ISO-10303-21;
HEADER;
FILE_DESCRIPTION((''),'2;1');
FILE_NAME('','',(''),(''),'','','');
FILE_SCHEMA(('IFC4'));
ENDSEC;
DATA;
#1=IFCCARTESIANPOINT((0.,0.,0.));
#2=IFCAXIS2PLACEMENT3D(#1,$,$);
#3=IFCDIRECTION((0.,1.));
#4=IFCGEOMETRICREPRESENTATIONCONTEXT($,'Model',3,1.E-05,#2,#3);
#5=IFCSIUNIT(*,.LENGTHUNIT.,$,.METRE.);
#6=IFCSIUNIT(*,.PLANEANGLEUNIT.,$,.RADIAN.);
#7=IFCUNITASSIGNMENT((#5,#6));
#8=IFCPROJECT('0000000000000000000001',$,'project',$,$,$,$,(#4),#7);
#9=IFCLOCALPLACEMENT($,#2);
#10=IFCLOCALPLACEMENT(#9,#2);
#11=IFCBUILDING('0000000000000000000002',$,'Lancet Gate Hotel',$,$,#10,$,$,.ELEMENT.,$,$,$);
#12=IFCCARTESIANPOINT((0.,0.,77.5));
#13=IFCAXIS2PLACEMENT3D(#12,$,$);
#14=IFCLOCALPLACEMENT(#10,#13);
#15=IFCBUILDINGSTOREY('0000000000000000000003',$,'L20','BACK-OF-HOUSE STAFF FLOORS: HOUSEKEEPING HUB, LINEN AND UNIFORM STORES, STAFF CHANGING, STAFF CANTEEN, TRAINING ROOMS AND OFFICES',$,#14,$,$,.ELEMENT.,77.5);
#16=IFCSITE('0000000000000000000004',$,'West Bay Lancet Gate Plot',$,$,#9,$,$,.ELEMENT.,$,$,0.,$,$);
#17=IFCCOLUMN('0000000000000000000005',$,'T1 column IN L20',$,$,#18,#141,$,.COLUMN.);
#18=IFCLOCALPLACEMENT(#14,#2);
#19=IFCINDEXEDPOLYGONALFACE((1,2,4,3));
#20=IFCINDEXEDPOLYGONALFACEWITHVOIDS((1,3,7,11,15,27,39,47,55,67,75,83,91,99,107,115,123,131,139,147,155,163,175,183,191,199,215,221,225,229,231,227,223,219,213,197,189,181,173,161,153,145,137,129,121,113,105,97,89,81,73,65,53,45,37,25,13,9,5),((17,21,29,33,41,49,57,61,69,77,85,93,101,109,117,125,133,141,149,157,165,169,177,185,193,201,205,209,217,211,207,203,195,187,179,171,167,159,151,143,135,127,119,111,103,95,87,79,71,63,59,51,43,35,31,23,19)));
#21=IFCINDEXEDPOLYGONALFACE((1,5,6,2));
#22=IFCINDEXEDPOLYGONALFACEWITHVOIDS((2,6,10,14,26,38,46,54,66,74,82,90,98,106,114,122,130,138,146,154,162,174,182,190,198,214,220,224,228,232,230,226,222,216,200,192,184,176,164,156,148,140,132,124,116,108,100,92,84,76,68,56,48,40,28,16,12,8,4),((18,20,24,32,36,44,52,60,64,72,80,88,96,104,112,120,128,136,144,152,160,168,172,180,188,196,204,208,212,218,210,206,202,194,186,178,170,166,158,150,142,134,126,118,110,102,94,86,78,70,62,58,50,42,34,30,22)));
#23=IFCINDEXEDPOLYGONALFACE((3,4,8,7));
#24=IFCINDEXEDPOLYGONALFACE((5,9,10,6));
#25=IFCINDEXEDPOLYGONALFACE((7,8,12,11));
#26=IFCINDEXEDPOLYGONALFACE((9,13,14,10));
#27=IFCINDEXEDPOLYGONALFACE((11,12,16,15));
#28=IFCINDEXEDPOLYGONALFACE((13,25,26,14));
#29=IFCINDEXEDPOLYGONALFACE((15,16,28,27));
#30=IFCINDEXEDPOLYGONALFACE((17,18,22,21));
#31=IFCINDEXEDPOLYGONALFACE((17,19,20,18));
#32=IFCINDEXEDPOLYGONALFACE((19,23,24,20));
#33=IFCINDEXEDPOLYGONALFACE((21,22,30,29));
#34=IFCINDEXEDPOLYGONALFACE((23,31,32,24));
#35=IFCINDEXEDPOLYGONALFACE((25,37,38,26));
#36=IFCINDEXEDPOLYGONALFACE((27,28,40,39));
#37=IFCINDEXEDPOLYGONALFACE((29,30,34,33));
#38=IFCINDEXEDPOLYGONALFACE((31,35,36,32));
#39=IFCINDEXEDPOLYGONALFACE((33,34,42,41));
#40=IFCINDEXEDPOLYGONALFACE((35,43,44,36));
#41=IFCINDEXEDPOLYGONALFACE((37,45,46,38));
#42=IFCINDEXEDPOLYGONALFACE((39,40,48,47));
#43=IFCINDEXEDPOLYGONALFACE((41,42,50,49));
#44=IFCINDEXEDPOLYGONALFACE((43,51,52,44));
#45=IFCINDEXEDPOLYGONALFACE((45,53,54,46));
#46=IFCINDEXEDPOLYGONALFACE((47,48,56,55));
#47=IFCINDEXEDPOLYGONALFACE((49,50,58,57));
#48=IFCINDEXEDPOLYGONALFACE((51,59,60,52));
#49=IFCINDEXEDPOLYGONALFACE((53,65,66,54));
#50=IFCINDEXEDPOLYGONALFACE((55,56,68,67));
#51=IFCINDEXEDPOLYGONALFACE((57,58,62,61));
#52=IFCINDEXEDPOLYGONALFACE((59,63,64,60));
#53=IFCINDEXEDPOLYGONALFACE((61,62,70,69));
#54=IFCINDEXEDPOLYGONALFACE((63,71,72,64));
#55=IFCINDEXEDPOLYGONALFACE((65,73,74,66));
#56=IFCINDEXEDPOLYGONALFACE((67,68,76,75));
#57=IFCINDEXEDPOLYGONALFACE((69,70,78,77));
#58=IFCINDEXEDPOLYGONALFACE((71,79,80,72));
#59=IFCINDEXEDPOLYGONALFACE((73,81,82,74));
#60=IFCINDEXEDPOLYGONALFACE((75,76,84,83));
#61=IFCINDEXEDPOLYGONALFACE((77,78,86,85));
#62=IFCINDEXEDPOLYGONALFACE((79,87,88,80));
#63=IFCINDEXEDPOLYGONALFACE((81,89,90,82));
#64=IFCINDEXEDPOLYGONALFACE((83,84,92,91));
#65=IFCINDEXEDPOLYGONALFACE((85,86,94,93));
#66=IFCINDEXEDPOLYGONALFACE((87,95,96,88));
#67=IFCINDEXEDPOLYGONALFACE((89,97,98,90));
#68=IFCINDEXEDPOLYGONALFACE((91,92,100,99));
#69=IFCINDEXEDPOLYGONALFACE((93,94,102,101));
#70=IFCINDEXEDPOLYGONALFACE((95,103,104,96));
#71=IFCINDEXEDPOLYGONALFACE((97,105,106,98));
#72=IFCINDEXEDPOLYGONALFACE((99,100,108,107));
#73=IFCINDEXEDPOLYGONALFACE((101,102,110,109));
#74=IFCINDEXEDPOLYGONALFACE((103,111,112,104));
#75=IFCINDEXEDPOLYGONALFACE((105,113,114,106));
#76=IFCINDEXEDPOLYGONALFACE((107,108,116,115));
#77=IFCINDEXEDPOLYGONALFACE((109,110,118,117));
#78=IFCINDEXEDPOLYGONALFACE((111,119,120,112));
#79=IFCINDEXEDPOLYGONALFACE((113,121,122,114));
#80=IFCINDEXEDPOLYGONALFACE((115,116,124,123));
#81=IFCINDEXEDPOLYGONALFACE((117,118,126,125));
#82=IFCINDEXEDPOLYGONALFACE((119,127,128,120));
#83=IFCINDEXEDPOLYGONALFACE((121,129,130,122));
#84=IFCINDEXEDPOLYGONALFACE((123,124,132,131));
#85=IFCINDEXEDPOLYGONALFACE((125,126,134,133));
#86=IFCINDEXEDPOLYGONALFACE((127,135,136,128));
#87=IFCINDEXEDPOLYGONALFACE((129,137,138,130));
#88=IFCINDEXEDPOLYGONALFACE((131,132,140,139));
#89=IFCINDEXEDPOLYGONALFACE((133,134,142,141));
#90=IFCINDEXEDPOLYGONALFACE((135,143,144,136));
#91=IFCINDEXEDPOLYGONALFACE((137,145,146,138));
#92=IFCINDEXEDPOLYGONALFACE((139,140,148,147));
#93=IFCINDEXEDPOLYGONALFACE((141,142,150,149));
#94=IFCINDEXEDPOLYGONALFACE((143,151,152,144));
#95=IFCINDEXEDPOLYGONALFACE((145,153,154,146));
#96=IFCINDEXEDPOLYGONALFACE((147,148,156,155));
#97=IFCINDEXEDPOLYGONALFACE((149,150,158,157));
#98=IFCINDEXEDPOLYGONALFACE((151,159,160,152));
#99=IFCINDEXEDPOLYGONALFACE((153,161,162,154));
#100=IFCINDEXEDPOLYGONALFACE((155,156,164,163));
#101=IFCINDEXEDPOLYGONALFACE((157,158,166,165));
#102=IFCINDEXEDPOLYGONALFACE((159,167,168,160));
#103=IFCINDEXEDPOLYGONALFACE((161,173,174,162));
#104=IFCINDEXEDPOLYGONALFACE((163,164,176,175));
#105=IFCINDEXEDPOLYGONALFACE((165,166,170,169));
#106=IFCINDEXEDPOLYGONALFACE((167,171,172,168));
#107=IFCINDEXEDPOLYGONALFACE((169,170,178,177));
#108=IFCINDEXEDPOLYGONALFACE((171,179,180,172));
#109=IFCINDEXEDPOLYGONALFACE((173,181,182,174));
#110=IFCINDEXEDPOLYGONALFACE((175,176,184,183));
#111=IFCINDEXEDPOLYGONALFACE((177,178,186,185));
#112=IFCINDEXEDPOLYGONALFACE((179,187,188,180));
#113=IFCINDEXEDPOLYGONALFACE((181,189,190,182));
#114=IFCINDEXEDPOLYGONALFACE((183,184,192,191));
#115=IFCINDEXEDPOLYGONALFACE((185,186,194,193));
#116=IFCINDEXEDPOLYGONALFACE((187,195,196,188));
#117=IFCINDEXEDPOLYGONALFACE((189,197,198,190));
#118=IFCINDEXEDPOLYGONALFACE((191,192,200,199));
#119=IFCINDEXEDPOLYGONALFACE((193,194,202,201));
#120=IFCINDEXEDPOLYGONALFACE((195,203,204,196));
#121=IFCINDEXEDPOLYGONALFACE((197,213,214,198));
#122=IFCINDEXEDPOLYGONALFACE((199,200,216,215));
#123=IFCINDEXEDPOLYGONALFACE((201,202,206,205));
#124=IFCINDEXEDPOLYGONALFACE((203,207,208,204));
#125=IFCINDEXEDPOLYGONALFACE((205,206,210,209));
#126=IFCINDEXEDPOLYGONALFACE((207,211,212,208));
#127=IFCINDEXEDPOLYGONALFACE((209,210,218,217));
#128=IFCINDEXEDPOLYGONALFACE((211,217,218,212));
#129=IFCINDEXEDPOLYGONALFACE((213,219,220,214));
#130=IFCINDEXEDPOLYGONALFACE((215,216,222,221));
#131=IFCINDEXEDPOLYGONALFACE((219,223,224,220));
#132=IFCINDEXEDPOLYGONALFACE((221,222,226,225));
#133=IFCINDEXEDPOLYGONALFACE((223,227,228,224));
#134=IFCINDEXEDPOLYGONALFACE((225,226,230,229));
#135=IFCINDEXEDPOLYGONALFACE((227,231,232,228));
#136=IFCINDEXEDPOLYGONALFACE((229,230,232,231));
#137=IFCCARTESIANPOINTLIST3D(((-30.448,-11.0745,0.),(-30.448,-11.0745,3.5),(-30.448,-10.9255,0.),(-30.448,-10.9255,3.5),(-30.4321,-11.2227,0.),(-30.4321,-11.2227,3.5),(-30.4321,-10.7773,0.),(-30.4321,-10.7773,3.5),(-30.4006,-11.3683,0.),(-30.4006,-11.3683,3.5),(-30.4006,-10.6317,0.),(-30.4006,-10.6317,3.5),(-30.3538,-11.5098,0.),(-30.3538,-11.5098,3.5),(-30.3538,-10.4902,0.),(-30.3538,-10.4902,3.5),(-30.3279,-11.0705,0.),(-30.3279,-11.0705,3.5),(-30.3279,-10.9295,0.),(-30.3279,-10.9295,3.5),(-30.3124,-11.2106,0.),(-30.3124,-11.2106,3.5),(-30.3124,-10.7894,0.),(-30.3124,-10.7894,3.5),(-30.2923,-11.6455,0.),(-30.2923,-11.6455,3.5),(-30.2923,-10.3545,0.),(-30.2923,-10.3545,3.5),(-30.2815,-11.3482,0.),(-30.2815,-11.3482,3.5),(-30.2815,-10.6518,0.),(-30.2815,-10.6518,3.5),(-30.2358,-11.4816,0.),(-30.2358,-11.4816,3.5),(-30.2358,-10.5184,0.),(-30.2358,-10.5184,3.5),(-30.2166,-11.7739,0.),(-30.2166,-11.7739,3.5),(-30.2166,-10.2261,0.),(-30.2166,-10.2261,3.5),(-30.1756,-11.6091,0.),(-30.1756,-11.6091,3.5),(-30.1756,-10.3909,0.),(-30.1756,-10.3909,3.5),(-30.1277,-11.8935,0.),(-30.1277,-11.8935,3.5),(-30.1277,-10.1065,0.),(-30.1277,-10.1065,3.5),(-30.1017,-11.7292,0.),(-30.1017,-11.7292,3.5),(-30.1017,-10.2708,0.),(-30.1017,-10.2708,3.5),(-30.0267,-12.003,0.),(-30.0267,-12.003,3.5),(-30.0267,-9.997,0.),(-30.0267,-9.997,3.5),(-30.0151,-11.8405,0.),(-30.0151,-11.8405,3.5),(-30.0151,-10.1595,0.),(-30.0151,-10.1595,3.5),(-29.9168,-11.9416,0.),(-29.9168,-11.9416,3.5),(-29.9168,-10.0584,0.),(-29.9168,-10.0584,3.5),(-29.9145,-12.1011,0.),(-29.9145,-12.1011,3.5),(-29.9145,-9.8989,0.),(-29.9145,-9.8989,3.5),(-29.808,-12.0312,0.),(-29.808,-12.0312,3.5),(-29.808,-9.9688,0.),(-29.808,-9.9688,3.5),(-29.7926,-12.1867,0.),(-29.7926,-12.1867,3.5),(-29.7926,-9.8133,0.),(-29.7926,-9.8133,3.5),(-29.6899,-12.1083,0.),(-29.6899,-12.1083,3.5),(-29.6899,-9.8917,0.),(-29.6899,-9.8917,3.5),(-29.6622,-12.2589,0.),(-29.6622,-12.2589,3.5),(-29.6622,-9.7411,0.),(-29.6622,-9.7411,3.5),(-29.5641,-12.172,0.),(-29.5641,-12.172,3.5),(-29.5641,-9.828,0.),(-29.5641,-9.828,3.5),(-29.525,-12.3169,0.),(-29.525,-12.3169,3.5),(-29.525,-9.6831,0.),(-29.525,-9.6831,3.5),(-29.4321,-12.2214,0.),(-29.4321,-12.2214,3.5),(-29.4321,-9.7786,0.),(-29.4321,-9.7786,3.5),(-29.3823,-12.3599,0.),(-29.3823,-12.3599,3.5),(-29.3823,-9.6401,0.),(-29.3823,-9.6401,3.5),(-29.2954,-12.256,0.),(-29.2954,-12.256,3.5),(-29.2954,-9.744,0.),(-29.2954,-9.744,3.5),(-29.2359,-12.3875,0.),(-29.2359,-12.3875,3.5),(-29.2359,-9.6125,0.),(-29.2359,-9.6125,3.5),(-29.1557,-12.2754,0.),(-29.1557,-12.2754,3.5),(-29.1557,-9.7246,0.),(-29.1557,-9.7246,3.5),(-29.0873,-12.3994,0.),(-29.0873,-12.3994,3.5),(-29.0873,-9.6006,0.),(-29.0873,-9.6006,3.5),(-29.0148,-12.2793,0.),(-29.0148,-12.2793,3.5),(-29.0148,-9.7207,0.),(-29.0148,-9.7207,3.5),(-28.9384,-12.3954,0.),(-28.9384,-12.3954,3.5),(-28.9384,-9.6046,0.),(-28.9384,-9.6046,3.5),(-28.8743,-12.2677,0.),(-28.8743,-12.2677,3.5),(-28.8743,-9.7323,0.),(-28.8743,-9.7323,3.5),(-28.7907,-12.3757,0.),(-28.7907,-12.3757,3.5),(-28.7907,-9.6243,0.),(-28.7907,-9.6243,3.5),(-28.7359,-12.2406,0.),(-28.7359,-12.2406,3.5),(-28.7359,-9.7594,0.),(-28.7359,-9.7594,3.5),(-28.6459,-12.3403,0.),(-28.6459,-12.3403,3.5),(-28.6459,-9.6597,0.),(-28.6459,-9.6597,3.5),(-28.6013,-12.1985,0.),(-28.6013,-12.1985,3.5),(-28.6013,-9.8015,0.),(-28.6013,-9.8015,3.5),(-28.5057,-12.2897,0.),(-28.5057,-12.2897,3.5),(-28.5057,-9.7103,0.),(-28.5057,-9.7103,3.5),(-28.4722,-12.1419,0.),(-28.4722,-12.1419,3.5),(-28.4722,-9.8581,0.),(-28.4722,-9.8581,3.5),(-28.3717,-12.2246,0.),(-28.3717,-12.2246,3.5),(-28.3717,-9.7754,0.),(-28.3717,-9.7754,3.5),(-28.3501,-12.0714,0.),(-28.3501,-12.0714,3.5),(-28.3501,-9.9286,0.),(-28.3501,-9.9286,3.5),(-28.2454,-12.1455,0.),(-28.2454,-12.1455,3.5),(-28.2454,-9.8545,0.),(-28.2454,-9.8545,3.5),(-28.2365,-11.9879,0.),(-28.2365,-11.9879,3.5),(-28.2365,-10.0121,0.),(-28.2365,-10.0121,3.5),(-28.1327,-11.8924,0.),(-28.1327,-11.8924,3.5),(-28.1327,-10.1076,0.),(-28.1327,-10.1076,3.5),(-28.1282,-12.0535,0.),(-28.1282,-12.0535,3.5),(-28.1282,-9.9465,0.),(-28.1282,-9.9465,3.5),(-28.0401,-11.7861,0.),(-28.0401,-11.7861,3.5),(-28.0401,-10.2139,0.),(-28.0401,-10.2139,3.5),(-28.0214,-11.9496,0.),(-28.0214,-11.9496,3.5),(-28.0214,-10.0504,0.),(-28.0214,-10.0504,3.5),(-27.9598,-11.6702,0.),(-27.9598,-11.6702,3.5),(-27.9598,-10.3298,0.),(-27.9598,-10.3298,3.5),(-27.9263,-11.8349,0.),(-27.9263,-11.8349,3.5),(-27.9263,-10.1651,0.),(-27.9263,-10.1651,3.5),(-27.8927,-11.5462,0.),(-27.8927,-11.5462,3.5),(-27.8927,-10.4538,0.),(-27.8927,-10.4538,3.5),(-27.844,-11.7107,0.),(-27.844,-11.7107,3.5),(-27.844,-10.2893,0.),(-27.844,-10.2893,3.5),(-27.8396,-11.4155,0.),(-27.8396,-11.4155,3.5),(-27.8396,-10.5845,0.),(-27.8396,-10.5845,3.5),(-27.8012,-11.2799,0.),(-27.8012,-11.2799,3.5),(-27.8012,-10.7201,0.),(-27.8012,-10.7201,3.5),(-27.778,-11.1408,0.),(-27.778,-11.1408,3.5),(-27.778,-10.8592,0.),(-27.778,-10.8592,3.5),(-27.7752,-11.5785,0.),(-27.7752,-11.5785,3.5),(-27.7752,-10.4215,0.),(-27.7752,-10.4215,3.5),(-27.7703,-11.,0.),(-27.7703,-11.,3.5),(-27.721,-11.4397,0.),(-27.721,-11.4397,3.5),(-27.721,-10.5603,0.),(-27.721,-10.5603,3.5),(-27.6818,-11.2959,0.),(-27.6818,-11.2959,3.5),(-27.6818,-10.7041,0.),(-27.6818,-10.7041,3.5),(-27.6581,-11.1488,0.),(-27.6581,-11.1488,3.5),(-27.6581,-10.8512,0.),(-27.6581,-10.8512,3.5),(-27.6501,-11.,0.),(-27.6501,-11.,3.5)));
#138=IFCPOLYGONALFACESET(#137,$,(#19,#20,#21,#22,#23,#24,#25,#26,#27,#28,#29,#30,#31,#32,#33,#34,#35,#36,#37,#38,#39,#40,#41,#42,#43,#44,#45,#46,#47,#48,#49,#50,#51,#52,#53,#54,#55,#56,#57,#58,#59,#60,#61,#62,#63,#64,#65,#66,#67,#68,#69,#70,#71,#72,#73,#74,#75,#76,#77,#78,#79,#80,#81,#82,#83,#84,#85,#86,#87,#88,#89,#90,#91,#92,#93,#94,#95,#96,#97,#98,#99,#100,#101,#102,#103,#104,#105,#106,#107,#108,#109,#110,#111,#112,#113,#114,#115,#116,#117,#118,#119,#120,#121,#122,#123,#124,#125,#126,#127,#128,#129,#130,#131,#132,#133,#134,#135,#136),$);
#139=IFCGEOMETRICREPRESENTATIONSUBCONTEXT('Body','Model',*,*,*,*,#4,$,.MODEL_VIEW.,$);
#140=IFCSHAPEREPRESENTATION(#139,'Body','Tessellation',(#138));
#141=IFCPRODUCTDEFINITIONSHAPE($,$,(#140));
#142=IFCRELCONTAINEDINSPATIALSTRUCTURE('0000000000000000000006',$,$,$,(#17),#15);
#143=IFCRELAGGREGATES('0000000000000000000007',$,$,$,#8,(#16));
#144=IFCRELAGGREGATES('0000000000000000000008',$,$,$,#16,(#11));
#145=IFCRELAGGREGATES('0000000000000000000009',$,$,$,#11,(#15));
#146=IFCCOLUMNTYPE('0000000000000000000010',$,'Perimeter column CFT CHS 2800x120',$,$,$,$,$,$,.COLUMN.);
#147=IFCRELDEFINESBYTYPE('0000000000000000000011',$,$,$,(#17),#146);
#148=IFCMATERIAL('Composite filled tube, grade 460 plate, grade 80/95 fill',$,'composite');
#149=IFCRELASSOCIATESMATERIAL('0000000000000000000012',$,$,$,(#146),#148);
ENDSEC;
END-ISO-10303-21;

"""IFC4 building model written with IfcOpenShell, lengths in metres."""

from ifc_helpers import new_model, si_unit, direction, frame, origin, origin_2d, place, context, subcontext, project, spatial, hollow_circle, extrude, material, material_profile, profile_set, type_object, element, save


model = new_model("IFC4")

# Units and contexts
model_context = context("Model", 3, precision=1e-05, world=origin(), true_north=direction((0.0, 1.0)))
body_context = subcontext(model_context, "Body", "Model", "MODEL_VIEW")
ifc_project = project(units=[si_unit("LENGTHUNIT", "METRE"), si_unit("PLANEANGLEUNIT", "RADIAN")], contexts=[model_context])

# Site, building, storey
site_placement = place(None, origin())
site = spatial("IfcSite", under=ifc_project, at=site_placement, Name="West Bay Lancet Gate Plot", CompositionType="ELEMENT", RefElevation=0.0)
building_placement = place(site_placement, origin())
building = spatial("IfcBuilding", under=site, at=building_placement, Name="Lancet Gate Hotel", CompositionType="ELEMENT")
storey_placement = place(building_placement, frame((0.0, 0.0, 77.5)))
storey = spatial("IfcBuildingStorey", under=building, at=storey_placement, Name="L20", Description="BACK-OF-HOUSE STAFF FLOORS: HOUSEKEEPING HUB, LINEN AND UNIFORM STORES, STAFF CHANGING, STAFF CANTEEN, TRAINING ROOMS AND OFFICES", CompositionType="ELEMENT", Elevation=77.5)

# Column
ifc_material_1 = material(Name="Composite filled tube, grade 460 plate, grade 80/95 fill", Category="composite")
ifc_material_profile_1 = material_profile(ifc_material_1, hollow_circle(Radius=1.3999, WallThickness=0.1201, at=origin_2d()), Name="CHS 2800x120")
ifc_profile_set_1 = profile_set([ifc_material_profile_1], Name="Composite filled tube, grade 460 plate, grade 80/95 fill")
column_type = type_object("IfcColumnType", Name="Perimeter column CFT CHS 2800x120", PredefinedType="COLUMN", material=ifc_profile_set_1)
for number, where, z_axis, x_axis, name in (
    (1, (-29.05, -11.0, 0.0), (0.0, 0.0, 1.0), (1.0, 0.0, 0.0), "T1 column IN L20"),
):
    element("IfcColumn", number, at=place(storey_placement, frame(where, z_axis=z_axis, x_axis=x_axis)), inside=storey, type_object=column_type, Name=name, PredefinedType="COLUMN", context=body_context, shape_type="SweptSolid", body=[
        extrude(hollow_circle(Radius=1.3999, WallThickness=0.1201, at=origin_2d()), origin(), (0.0, 0.0, 1.0), 3.5),
    ])

save(model, "model.ifc")
